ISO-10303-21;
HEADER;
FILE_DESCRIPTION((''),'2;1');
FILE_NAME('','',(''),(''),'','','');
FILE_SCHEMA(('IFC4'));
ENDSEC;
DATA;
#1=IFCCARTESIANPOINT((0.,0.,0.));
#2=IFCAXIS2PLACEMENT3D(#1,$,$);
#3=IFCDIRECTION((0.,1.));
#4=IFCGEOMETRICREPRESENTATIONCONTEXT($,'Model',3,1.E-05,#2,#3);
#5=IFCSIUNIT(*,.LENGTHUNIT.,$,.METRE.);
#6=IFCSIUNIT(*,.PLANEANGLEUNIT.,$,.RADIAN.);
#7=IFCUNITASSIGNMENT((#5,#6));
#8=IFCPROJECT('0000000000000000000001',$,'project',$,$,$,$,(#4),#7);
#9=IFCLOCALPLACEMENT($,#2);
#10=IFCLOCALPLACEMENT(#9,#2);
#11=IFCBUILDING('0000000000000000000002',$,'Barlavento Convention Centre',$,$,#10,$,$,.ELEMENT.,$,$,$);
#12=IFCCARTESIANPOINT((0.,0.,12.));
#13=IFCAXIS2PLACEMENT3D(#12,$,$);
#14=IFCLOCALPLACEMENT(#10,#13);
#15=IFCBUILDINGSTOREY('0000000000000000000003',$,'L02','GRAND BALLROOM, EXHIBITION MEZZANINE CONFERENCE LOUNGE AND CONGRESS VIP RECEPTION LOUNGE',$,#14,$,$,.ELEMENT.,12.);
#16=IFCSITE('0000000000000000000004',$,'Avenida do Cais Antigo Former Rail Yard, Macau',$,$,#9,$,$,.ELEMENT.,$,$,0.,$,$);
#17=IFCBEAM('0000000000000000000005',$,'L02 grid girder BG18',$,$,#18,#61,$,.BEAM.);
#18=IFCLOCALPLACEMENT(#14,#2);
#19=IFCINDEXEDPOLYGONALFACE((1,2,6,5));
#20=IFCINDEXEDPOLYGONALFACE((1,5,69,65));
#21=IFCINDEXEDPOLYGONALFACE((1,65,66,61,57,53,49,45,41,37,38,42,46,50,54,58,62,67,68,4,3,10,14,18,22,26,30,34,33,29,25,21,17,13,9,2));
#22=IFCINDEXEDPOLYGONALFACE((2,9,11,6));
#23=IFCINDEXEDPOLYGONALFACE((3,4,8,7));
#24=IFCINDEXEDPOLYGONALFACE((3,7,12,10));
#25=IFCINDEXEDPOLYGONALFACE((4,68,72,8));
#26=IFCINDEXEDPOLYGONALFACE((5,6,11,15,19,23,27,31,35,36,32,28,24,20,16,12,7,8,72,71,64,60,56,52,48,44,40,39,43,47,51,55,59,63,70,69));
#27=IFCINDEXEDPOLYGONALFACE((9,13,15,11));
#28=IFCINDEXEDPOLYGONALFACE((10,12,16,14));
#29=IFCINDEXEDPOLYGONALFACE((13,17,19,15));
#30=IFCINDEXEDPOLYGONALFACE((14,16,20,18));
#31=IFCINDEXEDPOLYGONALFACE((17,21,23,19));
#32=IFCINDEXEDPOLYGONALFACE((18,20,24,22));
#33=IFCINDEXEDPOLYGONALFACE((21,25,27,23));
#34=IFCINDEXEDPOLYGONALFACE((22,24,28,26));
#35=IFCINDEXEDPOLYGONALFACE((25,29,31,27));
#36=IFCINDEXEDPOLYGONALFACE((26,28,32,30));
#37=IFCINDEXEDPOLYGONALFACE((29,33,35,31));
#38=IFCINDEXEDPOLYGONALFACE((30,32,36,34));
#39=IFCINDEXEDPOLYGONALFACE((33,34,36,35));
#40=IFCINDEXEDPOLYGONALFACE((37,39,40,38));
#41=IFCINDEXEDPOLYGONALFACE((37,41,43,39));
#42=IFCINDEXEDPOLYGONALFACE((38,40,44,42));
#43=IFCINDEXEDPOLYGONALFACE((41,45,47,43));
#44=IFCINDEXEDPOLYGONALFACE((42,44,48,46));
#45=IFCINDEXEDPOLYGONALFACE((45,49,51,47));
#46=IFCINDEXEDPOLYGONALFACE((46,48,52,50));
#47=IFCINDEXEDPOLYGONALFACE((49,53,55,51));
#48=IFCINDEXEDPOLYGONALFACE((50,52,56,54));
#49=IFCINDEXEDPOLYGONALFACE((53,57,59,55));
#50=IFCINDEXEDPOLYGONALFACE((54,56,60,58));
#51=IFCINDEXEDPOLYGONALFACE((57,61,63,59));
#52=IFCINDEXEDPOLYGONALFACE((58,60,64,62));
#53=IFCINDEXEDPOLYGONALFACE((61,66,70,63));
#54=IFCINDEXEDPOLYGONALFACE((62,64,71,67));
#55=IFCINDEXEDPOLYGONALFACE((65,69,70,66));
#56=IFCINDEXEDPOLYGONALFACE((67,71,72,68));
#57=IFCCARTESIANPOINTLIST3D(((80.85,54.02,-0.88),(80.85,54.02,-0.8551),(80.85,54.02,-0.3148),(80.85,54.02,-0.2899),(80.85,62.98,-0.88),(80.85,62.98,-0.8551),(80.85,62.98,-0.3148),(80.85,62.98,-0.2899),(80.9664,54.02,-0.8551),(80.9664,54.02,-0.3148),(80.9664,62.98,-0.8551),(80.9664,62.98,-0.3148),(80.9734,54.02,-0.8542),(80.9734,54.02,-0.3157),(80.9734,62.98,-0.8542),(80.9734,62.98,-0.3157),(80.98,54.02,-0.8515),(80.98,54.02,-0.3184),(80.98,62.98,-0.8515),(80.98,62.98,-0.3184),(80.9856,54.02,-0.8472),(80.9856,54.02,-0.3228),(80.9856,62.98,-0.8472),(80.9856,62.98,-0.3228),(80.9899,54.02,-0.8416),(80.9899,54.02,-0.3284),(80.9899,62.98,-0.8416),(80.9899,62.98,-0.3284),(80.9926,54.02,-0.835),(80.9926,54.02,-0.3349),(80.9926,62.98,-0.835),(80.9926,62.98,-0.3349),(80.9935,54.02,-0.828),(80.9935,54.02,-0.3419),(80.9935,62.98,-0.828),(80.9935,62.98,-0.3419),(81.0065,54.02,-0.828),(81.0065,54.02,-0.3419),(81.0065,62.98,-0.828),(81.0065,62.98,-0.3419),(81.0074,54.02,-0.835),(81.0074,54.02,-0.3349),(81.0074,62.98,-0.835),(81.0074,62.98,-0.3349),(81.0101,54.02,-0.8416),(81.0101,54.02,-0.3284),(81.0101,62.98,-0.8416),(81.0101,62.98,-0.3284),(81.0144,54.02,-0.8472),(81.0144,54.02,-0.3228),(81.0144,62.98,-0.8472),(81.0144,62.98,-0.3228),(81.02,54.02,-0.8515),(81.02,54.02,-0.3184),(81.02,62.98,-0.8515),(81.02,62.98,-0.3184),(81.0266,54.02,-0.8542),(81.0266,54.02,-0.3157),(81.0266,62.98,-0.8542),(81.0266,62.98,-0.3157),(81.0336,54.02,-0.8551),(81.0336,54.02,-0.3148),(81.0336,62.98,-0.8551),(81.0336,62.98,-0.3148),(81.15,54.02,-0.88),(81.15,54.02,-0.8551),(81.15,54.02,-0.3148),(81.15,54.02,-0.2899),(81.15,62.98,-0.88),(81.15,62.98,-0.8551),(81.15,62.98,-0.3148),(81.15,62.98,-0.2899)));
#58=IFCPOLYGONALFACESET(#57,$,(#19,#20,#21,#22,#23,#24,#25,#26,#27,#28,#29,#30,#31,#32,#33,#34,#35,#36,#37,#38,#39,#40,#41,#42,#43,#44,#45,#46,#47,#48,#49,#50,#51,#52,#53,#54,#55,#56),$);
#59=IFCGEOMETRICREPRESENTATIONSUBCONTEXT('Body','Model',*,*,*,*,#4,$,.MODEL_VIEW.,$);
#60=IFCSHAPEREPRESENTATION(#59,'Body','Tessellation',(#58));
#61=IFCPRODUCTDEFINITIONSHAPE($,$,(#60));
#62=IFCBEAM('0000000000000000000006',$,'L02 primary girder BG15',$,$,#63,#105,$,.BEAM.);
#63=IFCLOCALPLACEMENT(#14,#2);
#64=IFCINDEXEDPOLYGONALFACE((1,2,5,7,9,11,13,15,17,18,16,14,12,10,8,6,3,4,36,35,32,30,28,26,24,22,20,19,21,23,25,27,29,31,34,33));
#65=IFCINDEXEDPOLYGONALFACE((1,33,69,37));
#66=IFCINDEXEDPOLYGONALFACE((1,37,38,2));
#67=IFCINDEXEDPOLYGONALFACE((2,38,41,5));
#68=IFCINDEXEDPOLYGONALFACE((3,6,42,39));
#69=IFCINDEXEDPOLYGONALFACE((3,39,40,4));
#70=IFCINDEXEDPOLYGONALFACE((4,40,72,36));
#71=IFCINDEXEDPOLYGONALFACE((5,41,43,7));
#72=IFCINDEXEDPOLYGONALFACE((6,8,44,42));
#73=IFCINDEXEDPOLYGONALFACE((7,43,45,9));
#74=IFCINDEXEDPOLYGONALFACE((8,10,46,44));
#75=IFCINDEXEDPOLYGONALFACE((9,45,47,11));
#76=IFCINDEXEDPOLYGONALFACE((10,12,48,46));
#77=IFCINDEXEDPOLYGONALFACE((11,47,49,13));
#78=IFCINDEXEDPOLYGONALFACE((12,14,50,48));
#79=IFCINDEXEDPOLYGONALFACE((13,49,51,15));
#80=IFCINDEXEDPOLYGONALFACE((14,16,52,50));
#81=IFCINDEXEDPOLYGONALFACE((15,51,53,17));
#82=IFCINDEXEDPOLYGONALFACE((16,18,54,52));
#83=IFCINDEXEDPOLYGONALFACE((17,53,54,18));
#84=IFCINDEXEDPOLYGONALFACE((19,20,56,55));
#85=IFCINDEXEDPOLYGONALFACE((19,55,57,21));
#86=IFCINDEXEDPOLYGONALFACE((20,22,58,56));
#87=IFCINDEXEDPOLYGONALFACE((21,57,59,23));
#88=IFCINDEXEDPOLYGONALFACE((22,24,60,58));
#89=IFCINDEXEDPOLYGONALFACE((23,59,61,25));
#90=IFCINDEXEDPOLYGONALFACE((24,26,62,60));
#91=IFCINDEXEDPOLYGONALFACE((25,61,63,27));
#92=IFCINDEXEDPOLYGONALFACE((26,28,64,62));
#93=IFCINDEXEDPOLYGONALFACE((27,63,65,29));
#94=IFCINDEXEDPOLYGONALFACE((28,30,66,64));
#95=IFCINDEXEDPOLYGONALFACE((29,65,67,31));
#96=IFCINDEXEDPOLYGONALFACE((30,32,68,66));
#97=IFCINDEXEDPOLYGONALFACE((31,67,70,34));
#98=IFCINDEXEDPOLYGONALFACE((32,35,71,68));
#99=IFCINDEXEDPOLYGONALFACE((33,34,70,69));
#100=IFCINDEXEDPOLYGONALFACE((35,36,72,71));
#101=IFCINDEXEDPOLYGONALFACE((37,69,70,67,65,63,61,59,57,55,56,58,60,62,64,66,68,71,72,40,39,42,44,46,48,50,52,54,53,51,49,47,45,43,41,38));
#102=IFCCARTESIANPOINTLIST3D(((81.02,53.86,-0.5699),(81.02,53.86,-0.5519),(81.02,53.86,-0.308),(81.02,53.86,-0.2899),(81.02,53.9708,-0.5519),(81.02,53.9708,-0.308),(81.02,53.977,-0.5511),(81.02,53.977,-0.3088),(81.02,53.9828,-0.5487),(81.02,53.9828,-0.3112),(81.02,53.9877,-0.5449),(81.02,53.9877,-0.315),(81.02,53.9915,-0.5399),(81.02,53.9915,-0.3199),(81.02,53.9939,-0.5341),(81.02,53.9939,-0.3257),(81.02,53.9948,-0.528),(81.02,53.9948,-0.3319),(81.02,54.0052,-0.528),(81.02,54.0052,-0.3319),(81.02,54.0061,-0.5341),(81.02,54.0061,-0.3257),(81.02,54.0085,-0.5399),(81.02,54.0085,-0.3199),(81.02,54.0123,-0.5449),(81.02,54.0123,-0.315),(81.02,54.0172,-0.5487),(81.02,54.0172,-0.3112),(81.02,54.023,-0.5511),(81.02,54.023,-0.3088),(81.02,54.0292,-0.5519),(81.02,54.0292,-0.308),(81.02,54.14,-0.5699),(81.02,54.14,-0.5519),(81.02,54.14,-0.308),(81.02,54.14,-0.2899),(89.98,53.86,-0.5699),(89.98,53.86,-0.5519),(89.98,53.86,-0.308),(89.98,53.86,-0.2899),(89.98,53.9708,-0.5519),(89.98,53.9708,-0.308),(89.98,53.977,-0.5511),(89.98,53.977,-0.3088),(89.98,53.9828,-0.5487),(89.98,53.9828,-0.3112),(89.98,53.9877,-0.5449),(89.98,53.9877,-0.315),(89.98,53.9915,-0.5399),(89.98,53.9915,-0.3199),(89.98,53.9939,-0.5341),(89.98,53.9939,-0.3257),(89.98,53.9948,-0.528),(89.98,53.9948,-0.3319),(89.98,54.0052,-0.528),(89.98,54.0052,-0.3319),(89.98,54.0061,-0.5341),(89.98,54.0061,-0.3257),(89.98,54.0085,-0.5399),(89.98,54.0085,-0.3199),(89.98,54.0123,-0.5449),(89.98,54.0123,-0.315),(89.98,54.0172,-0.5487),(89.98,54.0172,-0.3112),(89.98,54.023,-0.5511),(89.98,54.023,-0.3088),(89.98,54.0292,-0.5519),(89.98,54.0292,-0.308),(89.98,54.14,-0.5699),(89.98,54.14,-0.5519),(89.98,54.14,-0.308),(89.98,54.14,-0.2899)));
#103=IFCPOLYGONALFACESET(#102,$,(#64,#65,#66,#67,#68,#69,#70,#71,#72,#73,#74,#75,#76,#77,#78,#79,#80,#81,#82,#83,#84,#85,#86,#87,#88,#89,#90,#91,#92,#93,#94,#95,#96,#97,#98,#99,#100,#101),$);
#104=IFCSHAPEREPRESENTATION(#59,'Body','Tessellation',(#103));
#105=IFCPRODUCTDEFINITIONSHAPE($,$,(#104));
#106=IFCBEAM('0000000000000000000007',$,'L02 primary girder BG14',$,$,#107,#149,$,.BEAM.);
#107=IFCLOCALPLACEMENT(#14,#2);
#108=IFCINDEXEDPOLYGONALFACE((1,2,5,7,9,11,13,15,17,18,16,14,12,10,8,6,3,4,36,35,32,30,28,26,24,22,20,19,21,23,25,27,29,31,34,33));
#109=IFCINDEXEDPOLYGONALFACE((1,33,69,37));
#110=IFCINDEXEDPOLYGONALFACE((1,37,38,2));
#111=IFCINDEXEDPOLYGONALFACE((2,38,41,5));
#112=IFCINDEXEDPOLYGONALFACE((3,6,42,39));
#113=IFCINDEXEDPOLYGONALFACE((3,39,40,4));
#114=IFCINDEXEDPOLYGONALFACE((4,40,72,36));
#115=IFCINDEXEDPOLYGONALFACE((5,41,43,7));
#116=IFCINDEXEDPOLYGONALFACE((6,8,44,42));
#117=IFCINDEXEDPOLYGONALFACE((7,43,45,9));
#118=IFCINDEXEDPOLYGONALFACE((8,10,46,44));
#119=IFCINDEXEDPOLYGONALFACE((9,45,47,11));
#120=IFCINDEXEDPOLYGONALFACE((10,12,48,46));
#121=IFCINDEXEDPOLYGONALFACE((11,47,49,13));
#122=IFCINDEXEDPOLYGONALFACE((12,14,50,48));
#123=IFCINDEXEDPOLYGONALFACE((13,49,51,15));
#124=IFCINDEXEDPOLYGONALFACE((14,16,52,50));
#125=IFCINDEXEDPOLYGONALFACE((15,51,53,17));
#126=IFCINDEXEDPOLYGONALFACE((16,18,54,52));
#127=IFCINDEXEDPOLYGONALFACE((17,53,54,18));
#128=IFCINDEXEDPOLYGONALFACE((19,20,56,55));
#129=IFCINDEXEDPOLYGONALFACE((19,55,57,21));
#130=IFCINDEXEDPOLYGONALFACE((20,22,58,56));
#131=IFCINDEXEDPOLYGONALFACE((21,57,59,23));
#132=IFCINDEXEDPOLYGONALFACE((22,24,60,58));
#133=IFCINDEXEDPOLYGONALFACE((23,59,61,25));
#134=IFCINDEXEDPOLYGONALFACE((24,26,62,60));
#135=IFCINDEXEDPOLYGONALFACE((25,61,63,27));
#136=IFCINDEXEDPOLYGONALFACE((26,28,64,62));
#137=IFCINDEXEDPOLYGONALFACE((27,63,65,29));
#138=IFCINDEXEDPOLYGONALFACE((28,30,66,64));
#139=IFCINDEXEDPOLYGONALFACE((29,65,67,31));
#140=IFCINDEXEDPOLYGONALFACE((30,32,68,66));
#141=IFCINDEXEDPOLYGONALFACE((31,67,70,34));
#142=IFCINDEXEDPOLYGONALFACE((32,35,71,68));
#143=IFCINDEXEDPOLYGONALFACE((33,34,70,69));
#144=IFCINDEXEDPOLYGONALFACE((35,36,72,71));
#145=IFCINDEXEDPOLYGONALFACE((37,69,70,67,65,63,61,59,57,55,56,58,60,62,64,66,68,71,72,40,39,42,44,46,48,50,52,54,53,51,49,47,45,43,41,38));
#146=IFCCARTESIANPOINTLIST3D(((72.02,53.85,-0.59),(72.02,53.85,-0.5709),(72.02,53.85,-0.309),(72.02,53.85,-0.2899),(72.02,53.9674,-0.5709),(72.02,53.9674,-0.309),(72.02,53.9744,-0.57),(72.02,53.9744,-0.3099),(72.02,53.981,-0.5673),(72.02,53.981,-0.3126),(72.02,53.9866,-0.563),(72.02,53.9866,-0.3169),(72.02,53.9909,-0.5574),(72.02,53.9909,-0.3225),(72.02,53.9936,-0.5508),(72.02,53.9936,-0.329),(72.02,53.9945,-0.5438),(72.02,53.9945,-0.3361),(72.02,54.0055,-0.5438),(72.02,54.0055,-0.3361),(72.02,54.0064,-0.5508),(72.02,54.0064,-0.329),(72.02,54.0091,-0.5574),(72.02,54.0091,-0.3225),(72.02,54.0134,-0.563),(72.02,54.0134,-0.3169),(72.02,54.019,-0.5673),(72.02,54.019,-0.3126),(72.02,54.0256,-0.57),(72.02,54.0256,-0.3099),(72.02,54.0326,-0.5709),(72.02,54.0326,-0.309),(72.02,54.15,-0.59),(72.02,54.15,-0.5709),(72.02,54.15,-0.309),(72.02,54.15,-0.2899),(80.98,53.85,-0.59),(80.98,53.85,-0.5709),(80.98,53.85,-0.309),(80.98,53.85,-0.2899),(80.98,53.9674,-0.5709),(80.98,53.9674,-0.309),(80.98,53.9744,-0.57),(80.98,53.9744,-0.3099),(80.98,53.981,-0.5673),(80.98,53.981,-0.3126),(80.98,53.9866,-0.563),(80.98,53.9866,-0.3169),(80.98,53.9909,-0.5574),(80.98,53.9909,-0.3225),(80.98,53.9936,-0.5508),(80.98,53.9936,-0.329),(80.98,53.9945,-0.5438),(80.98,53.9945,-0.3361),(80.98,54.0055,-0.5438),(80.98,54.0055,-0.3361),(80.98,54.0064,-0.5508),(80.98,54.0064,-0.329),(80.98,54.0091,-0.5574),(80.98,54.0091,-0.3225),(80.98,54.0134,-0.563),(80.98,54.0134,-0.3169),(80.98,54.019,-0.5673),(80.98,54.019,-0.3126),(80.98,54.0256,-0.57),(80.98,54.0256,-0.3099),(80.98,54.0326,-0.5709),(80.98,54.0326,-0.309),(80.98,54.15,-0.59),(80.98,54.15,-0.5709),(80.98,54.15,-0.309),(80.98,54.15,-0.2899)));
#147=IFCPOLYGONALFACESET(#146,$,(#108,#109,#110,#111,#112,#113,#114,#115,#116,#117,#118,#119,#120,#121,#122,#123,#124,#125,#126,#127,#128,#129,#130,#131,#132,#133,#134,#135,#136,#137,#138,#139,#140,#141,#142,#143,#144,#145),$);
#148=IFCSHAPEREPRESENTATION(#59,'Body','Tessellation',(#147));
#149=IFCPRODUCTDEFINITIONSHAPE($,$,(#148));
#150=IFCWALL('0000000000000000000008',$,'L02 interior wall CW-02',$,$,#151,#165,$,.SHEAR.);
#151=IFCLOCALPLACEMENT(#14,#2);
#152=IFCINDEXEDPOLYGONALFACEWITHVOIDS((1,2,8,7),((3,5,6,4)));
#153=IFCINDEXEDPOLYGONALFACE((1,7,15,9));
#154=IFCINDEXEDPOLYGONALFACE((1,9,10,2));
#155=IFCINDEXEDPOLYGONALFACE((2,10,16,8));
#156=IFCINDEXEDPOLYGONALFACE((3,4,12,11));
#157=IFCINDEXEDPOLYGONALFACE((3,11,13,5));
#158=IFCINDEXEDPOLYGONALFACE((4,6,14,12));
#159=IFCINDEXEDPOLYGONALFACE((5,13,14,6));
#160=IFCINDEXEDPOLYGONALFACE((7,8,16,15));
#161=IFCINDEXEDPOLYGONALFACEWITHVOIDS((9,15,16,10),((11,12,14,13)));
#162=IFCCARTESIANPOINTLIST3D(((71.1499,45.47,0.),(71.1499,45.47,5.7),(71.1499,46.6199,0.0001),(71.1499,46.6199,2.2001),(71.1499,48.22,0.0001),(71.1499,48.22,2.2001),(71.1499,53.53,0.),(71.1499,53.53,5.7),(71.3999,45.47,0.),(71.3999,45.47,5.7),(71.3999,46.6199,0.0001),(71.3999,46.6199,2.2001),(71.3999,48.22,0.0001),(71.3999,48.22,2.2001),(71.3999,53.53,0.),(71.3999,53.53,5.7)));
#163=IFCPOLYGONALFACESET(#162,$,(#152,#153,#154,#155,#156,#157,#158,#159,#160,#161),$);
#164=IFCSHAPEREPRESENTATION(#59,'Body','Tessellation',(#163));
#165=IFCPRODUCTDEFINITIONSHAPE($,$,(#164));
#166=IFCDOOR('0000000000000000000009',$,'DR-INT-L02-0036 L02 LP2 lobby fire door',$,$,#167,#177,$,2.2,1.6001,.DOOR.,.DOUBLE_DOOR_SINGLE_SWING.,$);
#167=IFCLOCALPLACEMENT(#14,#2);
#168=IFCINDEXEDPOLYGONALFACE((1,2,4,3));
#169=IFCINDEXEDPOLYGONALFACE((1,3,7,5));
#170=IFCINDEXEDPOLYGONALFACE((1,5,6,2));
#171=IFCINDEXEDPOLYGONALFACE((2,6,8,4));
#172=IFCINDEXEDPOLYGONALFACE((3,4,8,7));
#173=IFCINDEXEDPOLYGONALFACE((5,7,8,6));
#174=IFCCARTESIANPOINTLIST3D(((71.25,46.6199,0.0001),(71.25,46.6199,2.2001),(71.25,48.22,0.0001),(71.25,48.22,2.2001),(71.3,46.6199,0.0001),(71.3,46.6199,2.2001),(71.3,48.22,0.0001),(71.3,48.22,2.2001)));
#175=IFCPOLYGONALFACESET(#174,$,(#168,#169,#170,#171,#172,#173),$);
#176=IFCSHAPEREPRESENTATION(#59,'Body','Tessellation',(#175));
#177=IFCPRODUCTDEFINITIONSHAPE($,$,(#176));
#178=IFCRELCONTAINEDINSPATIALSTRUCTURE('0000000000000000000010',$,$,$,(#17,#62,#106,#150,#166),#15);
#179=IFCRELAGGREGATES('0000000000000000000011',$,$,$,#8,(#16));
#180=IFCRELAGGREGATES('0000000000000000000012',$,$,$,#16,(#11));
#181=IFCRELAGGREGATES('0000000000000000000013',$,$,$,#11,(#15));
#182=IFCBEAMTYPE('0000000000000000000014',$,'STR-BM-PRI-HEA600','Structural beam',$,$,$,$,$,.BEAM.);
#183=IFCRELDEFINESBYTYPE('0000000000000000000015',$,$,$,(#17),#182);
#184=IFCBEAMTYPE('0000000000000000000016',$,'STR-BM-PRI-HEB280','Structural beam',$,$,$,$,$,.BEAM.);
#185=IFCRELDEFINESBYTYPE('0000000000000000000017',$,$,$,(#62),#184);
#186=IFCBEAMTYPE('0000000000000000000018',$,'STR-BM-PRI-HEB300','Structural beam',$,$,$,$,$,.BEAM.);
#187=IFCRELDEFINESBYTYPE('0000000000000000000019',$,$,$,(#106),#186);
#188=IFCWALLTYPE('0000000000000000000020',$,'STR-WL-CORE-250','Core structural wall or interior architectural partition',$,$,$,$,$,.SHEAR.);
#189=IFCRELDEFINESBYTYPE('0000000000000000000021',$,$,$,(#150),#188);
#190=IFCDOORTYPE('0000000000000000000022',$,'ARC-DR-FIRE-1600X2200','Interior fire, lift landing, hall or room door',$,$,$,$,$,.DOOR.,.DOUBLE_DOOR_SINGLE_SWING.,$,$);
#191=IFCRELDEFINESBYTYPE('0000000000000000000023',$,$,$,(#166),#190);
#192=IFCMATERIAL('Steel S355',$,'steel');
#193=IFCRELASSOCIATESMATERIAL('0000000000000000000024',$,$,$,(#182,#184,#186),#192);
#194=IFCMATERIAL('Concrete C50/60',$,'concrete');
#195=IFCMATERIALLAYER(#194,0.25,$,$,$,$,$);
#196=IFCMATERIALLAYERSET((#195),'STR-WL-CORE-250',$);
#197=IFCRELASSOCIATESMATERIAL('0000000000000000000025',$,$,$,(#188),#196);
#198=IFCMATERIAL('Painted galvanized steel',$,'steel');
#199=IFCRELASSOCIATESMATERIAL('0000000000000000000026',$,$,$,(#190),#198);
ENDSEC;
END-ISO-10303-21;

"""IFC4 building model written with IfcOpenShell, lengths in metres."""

from ifc_helpers import new_model, si_unit, direction, frame, frame_2d, origin, origin_2d, place, context, subcontext, project, spatial, rectangle, i_section, extrude, material, layer, layer_set, material_profile, profile_set, type_object, element, fill, save


model = new_model("IFC4")

# Units and contexts
model_context = context("Model", 3, precision=1e-05, world=origin(), true_north=direction((0.0, 1.0)))
body_context = subcontext(model_context, "Body", "Model", "MODEL_VIEW")
ifc_project = project(units=[si_unit("LENGTHUNIT", "METRE"), si_unit("PLANEANGLEUNIT", "RADIAN")], contexts=[model_context])

# Site, building, storey
site_placement = place(None, origin())
site = spatial("IfcSite", under=ifc_project, at=site_placement, Name="Avenida do Cais Antigo Former Rail Yard, Macau", CompositionType="ELEMENT", RefElevation=0.0)
building_placement = place(site_placement, origin())
building = spatial("IfcBuilding", under=site, at=building_placement, Name="Barlavento Convention Centre", CompositionType="ELEMENT")
storey_placement = place(building_placement, frame((0.0, 0.0, 12.0)))
storey = spatial("IfcBuildingStorey", under=building, at=storey_placement, Name="L02", Description="GRAND BALLROOM, EXHIBITION MEZZANINE CONFERENCE LOUNGE AND CONGRESS VIP RECEPTION LOUNGE", CompositionType="ELEMENT", Elevation=12.0)

# Shared definitions
ifc_material_1 = material(Name="Steel S355", Category="steel")

# Beams
ifc_material_profile_1 = material_profile(ifc_material_1, i_section(OverallWidth=0.3, OverallDepth=0.5901, WebThickness=0.0129, FlangeThickness=0.0249, FilletRadius=0.0271, at=origin_2d()), Name="HEA 600")
ifc_profile_set_1 = profile_set([ifc_material_profile_1], Name="Steel S355")
beam_type_1 = type_object("IfcBeamType", Name="STR-BM-PRI-HEA600", Description="Structural beam", PredefinedType="BEAM", material=ifc_profile_set_1)
beam_1_placement = place(storey_placement, frame((81.0, 54.02, -0.585), z_axis=(0.0, 1.0, 0.0), x_axis=(-1.0, 0.0, 0.0)))
element("IfcBeam", 1, at=beam_1_placement, inside=storey, type_object=beam_type_1, Name="L02 grid girder BG18", PredefinedType="BEAM", context=body_context, shape_type="SweptSolid", body=[
    extrude(i_section(OverallWidth=0.3, OverallDepth=0.5901, WebThickness=0.0129, FlangeThickness=0.0249, FilletRadius=0.0271, at=origin_2d()), origin(), (0.0, 0.0, 1.0), 8.96),
])
ifc_material_profile_2 = material_profile(ifc_material_1, i_section(OverallWidth=0.28, OverallDepth=0.28, WebThickness=0.0105, FlangeThickness=0.0181, FilletRadius=0.0239, at=origin_2d()), Name="HEB 280")
ifc_profile_set_2 = profile_set([ifc_material_profile_2], Name="Steel S355")
beam_type_2 = type_object("IfcBeamType", Name="STR-BM-PRI-HEB280", Description="Structural beam", PredefinedType="BEAM", material=ifc_profile_set_2)
beam_2_placement = place(storey_placement, frame((81.02, 54.0, -0.4299), z_axis=(1.0, 0.0, 0.0), x_axis=(0.0, 1.0, 0.0)))
element("IfcBeam", 2, at=beam_2_placement, inside=storey, type_object=beam_type_2, Name="L02 primary girder BG15", PredefinedType="BEAM", context=body_context, shape_type="SweptSolid", body=[
    extrude(i_section(OverallWidth=0.28, OverallDepth=0.28, WebThickness=0.0105, FlangeThickness=0.0181, FilletRadius=0.0239, at=origin_2d()), origin(), (0.0, 0.0, 1.0), 8.96),
])
ifc_material_profile_3 = material_profile(ifc_material_1, i_section(OverallWidth=0.3, OverallDepth=0.3, WebThickness=0.011, FlangeThickness=0.019, FilletRadius=0.0271, at=origin_2d()), Name="HEB 300")
ifc_profile_set_3 = profile_set([ifc_material_profile_3], Name="Steel S355")
beam_type_3 = type_object("IfcBeamType", Name="STR-BM-PRI-HEB300", Description="Structural beam", PredefinedType="BEAM", material=ifc_profile_set_3)
beam_3_placement = place(storey_placement, frame((72.02, 54.0, -0.4399), z_axis=(1.0, 0.0, 0.0), x_axis=(0.0, 1.0, 0.0)))
element("IfcBeam", 3, at=beam_3_placement, inside=storey, type_object=beam_type_3, Name="L02 primary girder BG14", PredefinedType="BEAM", context=body_context, shape_type="SweptSolid", body=[
    extrude(i_section(OverallWidth=0.3, OverallDepth=0.3, WebThickness=0.011, FlangeThickness=0.019, FilletRadius=0.0271, at=origin_2d()), origin(), (0.0, 0.0, 1.0), 8.96),
])

# Wall, opening, door
ifc_material_2 = material(Name="Concrete C50/60", Category="concrete")
ifc_layer = layer(ifc_material_2, 0.25)
ifc_layer_set = layer_set([ifc_layer], Name="STR-WL-CORE-250")
wall_type = type_object("IfcWallType", Name="STR-WL-CORE-250", Description="Core structural wall or interior architectural partition", PredefinedType="SHEAR", material=ifc_layer_set)
wall_1_placement = place(storey_placement, frame((71.2749, 45.47, 0.0), z_axis=(0.0, 0.0, 1.0), x_axis=(0.0, 1.0, 0.0)))
wall_1 = element("IfcWall", 4, at=wall_1_placement, inside=storey, type_object=wall_type, Name="L02 interior wall CW-02", PredefinedType="SHEAR", context=body_context, shape_type="SweptSolid", body=[
    extrude(rectangle(XDim=8.0601, YDim=0.25, at=frame_2d((4.03, 0.0))), origin(), (0.0, 0.0, 1.0), 5.7),
])
opening_1_placement = place(wall_1_placement, frame((1.1499, 0.0, 0.0)))
opening_1 = element("IfcOpeningElement", 5, at=opening_1_placement, cuts=wall_1, PredefinedType="OPENING", context=body_context, shape_type="SweptSolid", body=[
    extrude(rectangle(XDim=1.6001, YDim=2.2, at=frame_2d((0.8, 1.1001))), frame((0.0, 0.135, 0.0), z_axis=(0.0, -1.0, 0.0), x_axis=(1.0, 0.0, 0.0)), (0.0, 0.0, 1.0), 0.27),
])
ifc_material_3 = material(Name="Painted galvanized steel", Category="steel")
door_type_1 = type_object("IfcDoorType", Name="ARC-DR-FIRE-1600X2200", Description="Interior fire, lift landing, hall or room door", OperationType="DOUBLE_DOOR_SINGLE_SWING", PredefinedType="DOOR", material=ifc_material_3)
door_1_placement = place(opening_1_placement, origin())
door_1 = element("IfcDoor", 6, at=door_1_placement, inside=storey, type_object=door_type_1, Name="DR-INT-L02-0036 L02 LP2 lobby fire door", OperationType="DOUBLE_DOOR_SINGLE_SWING", OverallHeight=2.2, OverallWidth=1.6001, PredefinedType="DOOR", context=body_context, shape_type="SweptSolid", body=[
    extrude(rectangle(XDim=1.6001, YDim=2.2, at=frame_2d((0.8, 1.1001))), frame((0.0, 0.0249, 0.0), z_axis=(0.0, -1.0, 0.0), x_axis=(1.0, 0.0, 0.0)), (0.0, 0.0, 1.0), 0.05),
])
fill(opening_1, door_1)

save(model, "model.ifc")
